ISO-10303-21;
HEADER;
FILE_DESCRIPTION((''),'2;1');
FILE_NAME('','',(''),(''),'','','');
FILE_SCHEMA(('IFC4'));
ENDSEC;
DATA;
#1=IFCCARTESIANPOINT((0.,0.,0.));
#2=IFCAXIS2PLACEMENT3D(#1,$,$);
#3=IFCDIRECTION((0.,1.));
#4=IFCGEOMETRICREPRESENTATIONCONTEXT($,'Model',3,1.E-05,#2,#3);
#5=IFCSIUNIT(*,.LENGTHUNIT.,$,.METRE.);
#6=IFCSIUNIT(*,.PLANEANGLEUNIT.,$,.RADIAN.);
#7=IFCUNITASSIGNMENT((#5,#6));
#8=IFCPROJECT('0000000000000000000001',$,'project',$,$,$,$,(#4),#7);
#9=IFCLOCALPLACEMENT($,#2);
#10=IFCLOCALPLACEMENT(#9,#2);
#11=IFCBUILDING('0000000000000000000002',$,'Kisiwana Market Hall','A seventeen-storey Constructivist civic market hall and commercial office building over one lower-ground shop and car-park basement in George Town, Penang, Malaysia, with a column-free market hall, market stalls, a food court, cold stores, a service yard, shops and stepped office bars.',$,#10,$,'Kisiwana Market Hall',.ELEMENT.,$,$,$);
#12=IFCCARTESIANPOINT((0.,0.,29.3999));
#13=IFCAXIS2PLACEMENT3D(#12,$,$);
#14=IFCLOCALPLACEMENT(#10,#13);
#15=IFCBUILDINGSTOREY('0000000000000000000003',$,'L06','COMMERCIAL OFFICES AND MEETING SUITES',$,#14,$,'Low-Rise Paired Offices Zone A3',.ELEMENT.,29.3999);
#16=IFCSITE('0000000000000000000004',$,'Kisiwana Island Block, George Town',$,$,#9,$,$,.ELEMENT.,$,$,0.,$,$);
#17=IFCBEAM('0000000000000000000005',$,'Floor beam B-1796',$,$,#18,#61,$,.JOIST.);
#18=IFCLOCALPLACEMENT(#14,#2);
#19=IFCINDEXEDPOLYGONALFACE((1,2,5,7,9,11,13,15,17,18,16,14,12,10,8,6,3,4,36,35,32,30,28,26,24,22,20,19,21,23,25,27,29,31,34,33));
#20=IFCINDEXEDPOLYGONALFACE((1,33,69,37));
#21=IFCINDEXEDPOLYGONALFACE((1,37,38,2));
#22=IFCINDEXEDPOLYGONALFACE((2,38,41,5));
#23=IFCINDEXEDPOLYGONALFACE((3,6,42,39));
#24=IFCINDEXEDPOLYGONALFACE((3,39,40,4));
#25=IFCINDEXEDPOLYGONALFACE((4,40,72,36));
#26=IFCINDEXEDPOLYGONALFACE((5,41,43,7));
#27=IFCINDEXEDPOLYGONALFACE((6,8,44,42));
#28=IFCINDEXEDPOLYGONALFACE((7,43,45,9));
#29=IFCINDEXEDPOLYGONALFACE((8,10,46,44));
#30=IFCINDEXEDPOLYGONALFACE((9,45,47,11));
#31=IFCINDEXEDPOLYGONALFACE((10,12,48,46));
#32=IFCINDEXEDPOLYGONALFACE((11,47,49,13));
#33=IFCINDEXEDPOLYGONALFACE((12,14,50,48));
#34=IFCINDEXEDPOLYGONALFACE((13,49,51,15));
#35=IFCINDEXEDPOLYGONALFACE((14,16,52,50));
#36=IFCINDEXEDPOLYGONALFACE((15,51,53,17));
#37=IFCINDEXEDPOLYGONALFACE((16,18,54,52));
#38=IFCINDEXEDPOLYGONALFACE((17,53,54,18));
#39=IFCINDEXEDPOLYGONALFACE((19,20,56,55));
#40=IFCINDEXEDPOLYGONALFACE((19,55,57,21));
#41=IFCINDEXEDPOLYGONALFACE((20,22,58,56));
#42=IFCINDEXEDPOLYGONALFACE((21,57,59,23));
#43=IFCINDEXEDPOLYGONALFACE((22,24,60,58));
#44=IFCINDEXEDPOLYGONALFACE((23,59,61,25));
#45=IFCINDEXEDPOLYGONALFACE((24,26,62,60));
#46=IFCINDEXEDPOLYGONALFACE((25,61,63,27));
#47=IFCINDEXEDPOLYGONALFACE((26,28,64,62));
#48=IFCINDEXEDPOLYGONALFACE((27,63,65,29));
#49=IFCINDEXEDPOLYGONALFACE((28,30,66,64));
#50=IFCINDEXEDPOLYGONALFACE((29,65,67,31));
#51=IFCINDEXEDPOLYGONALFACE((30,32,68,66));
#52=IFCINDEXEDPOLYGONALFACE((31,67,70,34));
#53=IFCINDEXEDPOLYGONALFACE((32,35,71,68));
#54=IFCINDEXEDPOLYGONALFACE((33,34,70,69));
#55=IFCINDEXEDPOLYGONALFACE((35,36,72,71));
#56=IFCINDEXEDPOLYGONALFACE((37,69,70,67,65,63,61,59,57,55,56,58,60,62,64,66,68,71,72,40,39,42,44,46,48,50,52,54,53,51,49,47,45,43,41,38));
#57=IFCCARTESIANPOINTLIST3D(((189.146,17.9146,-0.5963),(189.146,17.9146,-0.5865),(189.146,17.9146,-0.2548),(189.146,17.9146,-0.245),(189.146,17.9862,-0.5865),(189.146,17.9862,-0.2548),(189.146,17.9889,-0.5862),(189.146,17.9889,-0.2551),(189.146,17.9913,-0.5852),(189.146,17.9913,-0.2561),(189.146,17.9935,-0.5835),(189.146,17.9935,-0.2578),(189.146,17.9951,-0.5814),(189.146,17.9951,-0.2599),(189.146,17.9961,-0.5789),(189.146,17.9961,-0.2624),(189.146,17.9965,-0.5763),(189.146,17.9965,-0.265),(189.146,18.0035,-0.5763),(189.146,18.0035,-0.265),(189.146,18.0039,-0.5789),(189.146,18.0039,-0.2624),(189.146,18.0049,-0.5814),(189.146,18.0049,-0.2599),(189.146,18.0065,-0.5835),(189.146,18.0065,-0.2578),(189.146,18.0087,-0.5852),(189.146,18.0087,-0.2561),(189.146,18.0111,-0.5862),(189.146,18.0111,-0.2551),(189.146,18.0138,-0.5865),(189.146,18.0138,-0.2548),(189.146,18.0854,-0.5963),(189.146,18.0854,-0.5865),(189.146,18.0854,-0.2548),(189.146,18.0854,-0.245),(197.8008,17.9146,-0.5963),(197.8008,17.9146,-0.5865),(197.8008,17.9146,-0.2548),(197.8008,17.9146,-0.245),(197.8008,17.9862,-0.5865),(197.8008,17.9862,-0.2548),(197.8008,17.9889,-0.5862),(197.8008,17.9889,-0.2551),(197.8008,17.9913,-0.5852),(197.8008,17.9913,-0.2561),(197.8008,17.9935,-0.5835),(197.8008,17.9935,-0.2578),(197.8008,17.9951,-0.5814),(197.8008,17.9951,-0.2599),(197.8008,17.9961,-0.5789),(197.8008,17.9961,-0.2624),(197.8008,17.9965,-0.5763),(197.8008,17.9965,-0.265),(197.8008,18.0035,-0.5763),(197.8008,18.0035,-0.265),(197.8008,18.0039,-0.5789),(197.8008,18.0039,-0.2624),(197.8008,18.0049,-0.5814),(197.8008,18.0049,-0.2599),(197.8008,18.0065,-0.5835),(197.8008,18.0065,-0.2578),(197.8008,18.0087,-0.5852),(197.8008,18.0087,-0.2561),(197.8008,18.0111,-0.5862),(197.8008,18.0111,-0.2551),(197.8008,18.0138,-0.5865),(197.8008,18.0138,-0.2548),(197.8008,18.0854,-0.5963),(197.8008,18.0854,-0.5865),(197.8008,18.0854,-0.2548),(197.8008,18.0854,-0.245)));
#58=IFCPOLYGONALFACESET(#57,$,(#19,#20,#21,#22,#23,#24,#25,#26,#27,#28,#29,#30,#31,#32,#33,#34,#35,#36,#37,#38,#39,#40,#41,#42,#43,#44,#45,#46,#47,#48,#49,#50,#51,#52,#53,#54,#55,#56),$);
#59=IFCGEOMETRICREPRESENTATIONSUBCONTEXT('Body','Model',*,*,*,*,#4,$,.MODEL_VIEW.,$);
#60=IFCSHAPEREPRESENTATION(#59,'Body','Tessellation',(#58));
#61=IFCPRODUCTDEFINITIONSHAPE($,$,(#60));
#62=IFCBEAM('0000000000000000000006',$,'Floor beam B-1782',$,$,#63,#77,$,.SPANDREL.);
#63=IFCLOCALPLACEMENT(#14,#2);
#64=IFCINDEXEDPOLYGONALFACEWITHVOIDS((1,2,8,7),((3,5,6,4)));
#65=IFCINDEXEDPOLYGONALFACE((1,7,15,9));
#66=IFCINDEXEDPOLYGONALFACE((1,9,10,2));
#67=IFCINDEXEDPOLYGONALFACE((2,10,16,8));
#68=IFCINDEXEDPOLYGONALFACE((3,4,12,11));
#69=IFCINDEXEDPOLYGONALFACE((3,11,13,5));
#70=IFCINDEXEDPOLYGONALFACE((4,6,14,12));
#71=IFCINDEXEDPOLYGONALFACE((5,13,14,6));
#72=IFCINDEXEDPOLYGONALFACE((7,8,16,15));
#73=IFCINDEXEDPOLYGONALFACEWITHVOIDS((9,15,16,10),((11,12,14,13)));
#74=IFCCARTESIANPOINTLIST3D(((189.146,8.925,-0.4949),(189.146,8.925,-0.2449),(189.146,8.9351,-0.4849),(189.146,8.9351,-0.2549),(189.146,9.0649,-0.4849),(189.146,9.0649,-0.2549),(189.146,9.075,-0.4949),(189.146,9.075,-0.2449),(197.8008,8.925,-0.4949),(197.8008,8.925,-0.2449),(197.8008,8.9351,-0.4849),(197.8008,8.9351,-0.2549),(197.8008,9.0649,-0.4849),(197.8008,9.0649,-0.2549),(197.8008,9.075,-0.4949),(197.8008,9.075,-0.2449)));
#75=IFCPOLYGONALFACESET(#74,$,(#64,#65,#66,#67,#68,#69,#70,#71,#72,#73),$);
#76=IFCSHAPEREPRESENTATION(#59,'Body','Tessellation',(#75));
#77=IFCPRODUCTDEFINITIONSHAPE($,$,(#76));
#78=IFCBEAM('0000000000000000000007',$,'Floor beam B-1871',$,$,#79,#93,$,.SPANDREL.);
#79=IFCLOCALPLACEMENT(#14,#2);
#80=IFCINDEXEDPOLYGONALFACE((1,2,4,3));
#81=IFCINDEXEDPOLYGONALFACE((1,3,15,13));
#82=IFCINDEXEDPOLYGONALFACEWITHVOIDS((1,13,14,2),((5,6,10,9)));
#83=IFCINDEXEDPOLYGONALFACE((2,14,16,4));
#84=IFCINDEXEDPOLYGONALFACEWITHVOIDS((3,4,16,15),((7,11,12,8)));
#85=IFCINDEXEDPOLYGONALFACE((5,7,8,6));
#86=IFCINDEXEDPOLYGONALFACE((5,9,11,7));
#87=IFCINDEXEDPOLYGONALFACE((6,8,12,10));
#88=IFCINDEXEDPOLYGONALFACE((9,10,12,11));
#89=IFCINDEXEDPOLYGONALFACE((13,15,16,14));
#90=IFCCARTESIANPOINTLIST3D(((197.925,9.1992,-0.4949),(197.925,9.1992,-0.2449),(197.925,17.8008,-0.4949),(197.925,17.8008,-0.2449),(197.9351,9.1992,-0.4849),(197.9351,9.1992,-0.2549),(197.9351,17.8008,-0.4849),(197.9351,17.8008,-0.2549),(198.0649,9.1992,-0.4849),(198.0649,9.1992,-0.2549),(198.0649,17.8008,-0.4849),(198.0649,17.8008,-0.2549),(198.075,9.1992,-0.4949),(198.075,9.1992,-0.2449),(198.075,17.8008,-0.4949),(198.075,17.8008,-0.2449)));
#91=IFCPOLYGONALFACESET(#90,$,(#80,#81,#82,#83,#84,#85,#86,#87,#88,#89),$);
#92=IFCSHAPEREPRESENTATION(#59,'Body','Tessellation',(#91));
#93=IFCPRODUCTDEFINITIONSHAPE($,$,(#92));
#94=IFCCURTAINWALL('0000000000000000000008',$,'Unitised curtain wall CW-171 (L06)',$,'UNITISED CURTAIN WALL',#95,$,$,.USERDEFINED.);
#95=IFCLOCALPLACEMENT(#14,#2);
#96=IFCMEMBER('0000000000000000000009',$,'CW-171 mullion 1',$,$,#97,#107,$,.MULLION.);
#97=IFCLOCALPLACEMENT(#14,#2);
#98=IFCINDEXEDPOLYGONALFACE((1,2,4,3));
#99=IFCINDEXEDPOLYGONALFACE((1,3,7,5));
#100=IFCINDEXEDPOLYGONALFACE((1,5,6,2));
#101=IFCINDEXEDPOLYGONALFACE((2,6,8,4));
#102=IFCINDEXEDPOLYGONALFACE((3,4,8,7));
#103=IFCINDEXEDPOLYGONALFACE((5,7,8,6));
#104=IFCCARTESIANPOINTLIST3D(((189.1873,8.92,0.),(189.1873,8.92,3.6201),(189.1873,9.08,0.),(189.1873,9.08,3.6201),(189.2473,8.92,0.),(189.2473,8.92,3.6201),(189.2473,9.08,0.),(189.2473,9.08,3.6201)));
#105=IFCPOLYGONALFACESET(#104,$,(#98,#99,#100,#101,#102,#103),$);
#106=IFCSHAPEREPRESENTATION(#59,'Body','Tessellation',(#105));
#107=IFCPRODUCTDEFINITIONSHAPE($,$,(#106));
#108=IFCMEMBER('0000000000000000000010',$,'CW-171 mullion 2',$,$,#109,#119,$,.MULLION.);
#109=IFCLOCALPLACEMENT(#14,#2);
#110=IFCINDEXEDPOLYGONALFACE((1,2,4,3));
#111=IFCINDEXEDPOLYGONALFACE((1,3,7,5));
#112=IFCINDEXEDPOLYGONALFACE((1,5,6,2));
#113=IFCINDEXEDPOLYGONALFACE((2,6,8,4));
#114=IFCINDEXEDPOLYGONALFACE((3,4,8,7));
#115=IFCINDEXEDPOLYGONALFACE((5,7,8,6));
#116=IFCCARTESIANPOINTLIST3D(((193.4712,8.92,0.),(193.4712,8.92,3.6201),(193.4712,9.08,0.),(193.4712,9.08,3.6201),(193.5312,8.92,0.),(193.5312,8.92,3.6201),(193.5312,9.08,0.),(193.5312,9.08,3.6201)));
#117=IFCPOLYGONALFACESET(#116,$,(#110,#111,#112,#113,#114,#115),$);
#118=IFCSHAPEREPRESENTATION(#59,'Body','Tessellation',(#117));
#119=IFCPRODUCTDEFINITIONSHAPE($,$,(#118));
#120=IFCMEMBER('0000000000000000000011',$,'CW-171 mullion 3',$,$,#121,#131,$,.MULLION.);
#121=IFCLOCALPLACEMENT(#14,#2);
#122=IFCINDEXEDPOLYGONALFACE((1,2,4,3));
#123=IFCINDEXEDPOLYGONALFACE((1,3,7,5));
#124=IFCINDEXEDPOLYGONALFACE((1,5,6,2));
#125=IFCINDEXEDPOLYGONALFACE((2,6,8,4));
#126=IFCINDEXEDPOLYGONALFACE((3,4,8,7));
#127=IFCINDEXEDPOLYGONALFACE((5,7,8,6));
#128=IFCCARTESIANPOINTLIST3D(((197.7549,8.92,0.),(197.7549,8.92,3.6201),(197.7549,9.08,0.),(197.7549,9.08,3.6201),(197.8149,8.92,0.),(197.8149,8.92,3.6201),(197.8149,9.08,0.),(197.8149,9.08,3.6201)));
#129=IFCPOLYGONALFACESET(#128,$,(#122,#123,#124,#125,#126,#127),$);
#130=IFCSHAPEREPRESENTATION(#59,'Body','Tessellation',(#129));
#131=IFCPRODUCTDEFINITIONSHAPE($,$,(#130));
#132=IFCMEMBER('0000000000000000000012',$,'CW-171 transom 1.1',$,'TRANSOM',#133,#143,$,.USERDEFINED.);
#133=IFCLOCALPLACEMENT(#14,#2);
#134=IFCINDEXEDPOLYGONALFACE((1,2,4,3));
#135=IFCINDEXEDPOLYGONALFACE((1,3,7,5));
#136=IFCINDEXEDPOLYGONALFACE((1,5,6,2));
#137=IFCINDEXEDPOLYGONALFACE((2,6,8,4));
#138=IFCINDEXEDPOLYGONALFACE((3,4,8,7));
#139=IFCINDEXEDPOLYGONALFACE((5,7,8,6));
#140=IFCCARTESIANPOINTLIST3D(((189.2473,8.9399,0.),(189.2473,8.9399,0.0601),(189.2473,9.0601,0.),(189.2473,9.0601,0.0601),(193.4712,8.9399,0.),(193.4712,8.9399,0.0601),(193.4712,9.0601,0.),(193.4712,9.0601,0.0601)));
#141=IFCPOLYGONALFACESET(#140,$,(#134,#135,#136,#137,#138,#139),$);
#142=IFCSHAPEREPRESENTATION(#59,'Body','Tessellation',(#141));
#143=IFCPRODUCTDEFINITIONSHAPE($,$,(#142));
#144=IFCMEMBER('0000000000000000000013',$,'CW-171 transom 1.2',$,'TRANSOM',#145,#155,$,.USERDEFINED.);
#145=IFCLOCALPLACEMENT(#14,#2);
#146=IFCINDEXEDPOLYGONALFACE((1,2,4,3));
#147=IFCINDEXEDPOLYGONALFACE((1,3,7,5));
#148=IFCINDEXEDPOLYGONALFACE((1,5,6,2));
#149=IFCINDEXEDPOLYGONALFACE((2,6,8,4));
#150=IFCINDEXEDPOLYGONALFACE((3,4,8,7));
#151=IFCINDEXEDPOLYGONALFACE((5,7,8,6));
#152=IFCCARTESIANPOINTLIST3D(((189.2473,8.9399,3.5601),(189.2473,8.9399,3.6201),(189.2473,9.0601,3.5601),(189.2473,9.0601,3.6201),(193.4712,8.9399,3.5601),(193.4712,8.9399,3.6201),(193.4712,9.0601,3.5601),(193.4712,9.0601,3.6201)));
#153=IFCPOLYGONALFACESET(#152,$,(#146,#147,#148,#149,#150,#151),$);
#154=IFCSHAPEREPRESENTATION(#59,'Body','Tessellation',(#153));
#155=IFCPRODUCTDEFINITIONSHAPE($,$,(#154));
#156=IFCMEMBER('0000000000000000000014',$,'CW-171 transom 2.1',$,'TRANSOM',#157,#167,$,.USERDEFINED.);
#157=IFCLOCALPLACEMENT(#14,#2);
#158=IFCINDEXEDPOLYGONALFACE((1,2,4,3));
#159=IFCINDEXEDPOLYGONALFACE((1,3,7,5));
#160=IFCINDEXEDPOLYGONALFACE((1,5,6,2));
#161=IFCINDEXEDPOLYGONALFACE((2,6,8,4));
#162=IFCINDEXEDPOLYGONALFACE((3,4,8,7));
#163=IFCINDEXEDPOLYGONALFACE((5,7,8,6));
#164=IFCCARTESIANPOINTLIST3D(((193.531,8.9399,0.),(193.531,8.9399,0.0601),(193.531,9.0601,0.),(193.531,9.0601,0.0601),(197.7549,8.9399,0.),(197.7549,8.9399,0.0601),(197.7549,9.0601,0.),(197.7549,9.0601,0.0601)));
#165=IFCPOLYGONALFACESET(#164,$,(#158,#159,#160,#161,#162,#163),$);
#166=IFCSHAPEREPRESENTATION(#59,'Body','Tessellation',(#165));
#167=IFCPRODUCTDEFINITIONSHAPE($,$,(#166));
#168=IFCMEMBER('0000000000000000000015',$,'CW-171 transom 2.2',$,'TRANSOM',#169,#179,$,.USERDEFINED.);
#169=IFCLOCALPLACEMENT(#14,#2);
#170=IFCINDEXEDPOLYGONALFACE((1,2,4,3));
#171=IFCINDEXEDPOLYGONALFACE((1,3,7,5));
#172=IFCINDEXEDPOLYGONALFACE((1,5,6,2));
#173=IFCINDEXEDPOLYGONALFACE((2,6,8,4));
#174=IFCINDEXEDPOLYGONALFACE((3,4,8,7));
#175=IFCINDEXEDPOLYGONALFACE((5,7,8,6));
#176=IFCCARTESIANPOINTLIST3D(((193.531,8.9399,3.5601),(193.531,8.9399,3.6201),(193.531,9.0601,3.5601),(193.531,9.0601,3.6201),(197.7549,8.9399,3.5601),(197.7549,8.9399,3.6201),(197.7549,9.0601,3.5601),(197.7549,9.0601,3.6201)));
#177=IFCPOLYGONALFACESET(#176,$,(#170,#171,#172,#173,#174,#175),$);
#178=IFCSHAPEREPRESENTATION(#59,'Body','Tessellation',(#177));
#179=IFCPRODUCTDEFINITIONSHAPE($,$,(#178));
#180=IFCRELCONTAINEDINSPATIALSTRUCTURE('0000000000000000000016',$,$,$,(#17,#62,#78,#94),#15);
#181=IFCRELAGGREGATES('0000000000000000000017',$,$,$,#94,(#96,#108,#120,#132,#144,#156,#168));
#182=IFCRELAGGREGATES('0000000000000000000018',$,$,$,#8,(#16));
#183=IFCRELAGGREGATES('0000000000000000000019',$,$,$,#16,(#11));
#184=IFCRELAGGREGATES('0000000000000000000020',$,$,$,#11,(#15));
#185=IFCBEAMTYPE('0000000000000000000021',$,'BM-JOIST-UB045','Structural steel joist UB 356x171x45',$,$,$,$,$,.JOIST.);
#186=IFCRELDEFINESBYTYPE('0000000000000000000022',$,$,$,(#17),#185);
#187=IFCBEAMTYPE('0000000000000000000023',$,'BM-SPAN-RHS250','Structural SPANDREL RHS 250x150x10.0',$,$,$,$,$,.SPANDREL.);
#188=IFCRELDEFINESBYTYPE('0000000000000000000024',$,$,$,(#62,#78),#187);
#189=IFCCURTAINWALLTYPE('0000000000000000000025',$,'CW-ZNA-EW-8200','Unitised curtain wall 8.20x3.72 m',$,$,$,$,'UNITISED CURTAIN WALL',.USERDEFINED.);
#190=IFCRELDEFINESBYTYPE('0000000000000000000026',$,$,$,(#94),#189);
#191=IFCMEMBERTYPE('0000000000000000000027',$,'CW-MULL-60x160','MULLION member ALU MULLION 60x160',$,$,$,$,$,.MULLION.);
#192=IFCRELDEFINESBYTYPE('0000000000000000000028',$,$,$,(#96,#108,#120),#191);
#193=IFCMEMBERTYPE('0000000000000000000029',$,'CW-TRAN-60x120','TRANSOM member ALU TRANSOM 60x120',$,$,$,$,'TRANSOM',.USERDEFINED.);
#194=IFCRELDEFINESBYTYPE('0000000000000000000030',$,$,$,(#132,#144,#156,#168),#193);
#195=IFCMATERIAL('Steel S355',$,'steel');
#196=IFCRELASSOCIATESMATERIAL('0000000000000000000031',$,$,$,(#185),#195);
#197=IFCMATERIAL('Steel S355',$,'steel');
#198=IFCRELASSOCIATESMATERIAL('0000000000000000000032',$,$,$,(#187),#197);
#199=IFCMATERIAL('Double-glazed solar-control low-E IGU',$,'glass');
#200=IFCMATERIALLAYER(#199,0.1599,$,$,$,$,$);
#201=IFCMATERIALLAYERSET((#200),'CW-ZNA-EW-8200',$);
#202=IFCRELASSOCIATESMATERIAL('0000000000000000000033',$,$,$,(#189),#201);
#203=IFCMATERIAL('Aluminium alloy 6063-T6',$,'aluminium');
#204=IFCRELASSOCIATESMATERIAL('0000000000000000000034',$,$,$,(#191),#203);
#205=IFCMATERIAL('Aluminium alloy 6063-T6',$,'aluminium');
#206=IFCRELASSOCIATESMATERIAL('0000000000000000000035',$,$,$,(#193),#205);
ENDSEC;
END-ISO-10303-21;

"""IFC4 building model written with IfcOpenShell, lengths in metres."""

from ifc_helpers import new_model, si_unit, direction, frame, origin, origin_2d, place, context, subcontext, project, spatial, rectangle, hollow_rectangle, i_section, extrude, material, layer, layer_set, material_profile, profile_set, type_object, element, aggregate, save


model = new_model("IFC4")

# Units and contexts
model_context = context("Model", 3, precision=1e-05, world=origin(), true_north=direction((0.0, 1.0)))
body_context = subcontext(model_context, "Body", "Model", "MODEL_VIEW")
ifc_project = project(units=[si_unit("LENGTHUNIT", "METRE"), si_unit("PLANEANGLEUNIT", "RADIAN")], contexts=[model_context])

# Site, building, storey
site_placement = place(None, origin())
site = spatial("IfcSite", under=ifc_project, at=site_placement, Name="Kisiwana Island Block, George Town", CompositionType="ELEMENT", RefElevation=0.0)
building_placement = place(site_placement, origin())
building = spatial("IfcBuilding", under=site, at=building_placement, Name="Kisiwana Market Hall", Description="A seventeen-storey Constructivist civic market hall and commercial office building over one lower-ground shop and car-park basement in George Town, Penang, Malaysia, with a column-free market hall, market stalls, a food court, cold stores, a service yard, shops and stepped office bars.", LongName="Kisiwana Market Hall", CompositionType="ELEMENT")
storey_placement = place(building_placement, frame((0.0, 0.0, 29.3999)))
storey = spatial("IfcBuildingStorey", under=building, at=storey_placement, Name="L06", Description="COMMERCIAL OFFICES AND MEETING SUITES", LongName="Low-Rise Paired Offices Zone A3", CompositionType="ELEMENT", Elevation=29.3999)

# Beams
ifc_material_1 = material(Name="Steel S355", Category="steel")
ifc_material_profile_1 = material_profile(ifc_material_1, i_section(OverallWidth=0.1709, OverallDepth=0.3513, WebThickness=0.0071, FlangeThickness=0.0098, FilletRadius=0.0103, at=origin_2d()), Name="UB 356x171x45")
ifc_profile_set_1 = profile_set([ifc_material_profile_1], Name="Steel S355")
beam_type_1 = type_object("IfcBeamType", Name="BM-JOIST-UB045", Description="Structural steel joist UB 356x171x45", PredefinedType="JOIST", material=ifc_profile_set_1)
beam_1_placement = place(storey_placement, frame((189.146, 18.0, -0.4207), z_axis=(1.0, 0.0, 0.0), x_axis=(0.0, 1.0, 0.0)))
element("IfcBeam", 1, at=beam_1_placement, inside=storey, type_object=beam_type_1, Name="Floor beam B-1796", PredefinedType="JOIST", context=body_context, shape_type="SweptSolid", body=[
    extrude(i_section(OverallWidth=0.1709, OverallDepth=0.3513, WebThickness=0.0071, FlangeThickness=0.0098, FilletRadius=0.0103, at=origin_2d()), origin(), (0.0, 0.0, 1.0), 8.6548),
])
ifc_material_2 = material(Name="Steel S355", Category="steel")
ifc_material_profile_2 = material_profile(ifc_material_2, hollow_rectangle(XDim=0.1499, YDim=0.25, WallThickness=0.01, at=origin_2d()), Name="RHS 250x150x10.0")
ifc_profile_set_2 = profile_set([ifc_material_profile_2], Name="Steel S355")
beam_type_2 = type_object("IfcBeamType", Name="BM-SPAN-RHS250", Description="Structural SPANDREL RHS 250x150x10.0", PredefinedType="SPANDREL", material=ifc_profile_set_2)
beam_2_placement = place(storey_placement, frame((189.146, 9.0, -0.3699), z_axis=(1.0, 0.0, 0.0), x_axis=(0.0, 1.0, 0.0)))
element("IfcBeam", 2, at=beam_2_placement, inside=storey, type_object=beam_type_2, Name="Floor beam B-1782", PredefinedType="SPANDREL", context=body_context, shape_type="SweptSolid", body=[
    extrude(hollow_rectangle(XDim=0.1499, YDim=0.25, WallThickness=0.01, at=origin_2d()), origin(), (0.0, 0.0, 1.0), 8.6548),
])
beam_3_placement = place(storey_placement, frame((198.0, 9.1992, -0.3699), z_axis=(0.0, 1.0, 0.0), x_axis=(-1.0, 0.0, 0.0)))
element("IfcBeam", 3, at=beam_3_placement, inside=storey, type_object=beam_type_2, Name="Floor beam B-1871", PredefinedType="SPANDREL", context=body_context, shape_type="SweptSolid", body=[
    extrude(hollow_rectangle(XDim=0.1499, YDim=0.25, WallThickness=0.01, at=origin_2d()), origin(), (0.0, 0.0, 1.0), 8.6016),
])

# Curtain wall, members
ifc_material_3 = material(Name="Double-glazed solar-control low-E IGU", Category="glass")
ifc_layer_1 = layer(ifc_material_3, 0.1599)
ifc_layer_set_1 = layer_set([ifc_layer_1], Name="CW-ZNA-EW-8200")
curtain_wall_type = type_object("IfcCurtainWallType", Name="CW-ZNA-EW-8200", Description="Unitised curtain wall 8.20x3.72 m", ElementType="UNITISED CURTAIN WALL", PredefinedType="USERDEFINED", material=ifc_layer_set_1)
curtain_wall_placement = place(storey_placement, origin())
curtain_wall = element("IfcCurtainWall", 4, at=curtain_wall_placement, inside=storey, type_object=curtain_wall_type, Name="Unitised curtain wall CW-171 (L06)", ObjectType="UNITISED CURTAIN WALL", PredefinedType="USERDEFINED")
ifc_material_4 = material(Name="Aluminium alloy 6063-T6", Category="aluminium")
ifc_material_profile_3 = material_profile(ifc_material_4, rectangle(XDim=0.0601, YDim=0.1599, at=origin_2d()), Name="ALU MULLION 60x160")
ifc_profile_set_3 = profile_set([ifc_material_profile_3], Name="Aluminium alloy 6063-T6")
member_type_1 = type_object("IfcMemberType", Name="CW-MULL-60x160", Description="MULLION member ALU MULLION 60x160", PredefinedType="MULLION", material=ifc_profile_set_3)
member_1_placement = place(storey_placement, frame((189.2173, 9.0, 0.0), z_axis=(0.0, 0.0, 1.0), x_axis=(1.0, 0.0, 0.0)))
member_1 = element("IfcMember", 5, at=member_1_placement, type_object=member_type_1, Name="CW-171 mullion 1", PredefinedType="MULLION", context=body_context, shape_type="SweptSolid", body=[
    extrude(rectangle(XDim=0.0601, YDim=0.1599, at=origin_2d()), origin(), (0.0, 0.0, 1.0), 3.6201),
])
member_2_placement = place(storey_placement, frame((193.5012, 9.0, 0.0), z_axis=(0.0, 0.0, 1.0), x_axis=(1.0, 0.0, 0.0)))
member_2 = element("IfcMember", 6, at=member_2_placement, type_object=member_type_1, Name="CW-171 mullion 2", PredefinedType="MULLION", context=body_context, shape_type="SweptSolid", body=[
    extrude(rectangle(XDim=0.0601, YDim=0.1599, at=origin_2d()), origin(), (0.0, 0.0, 1.0), 3.6201),
])
member_3_placement = place(storey_placement, frame((197.7849, 9.0, 0.0), z_axis=(0.0, 0.0, 1.0), x_axis=(1.0, 0.0, 0.0)))
member_3 = element("IfcMember", 7, at=member_3_placement, type_object=member_type_1, Name="CW-171 mullion 3", PredefinedType="MULLION", context=body_context, shape_type="SweptSolid", body=[
    extrude(rectangle(XDim=0.0601, YDim=0.1599, at=origin_2d()), origin(), (0.0, 0.0, 1.0), 3.6201),
])
ifc_material_5 = material(Name="Aluminium alloy 6063-T6", Category="aluminium")
ifc_material_profile_4 = material_profile(ifc_material_5, rectangle(XDim=0.1201, YDim=0.0601, at=origin_2d()), Name="ALU TRANSOM 60x120")
ifc_profile_set_4 = profile_set([ifc_material_profile_4], Name="Aluminium alloy 6063-T6")
member_type_2 = type_object("IfcMemberType", Name="CW-TRAN-60x120", Description="TRANSOM member ALU TRANSOM 60x120", ElementType="TRANSOM", PredefinedType="USERDEFINED", material=ifc_profile_set_4)
member_4_placement = place(storey_placement, frame((189.2473, 9.0, 0.03), z_axis=(1.0, 0.0, 0.0), x_axis=(0.0, 1.0, 0.0)))
member_4 = element("IfcMember", 8, at=member_4_placement, type_object=member_type_2, Name="CW-171 transom 1.1", ObjectType="TRANSOM", PredefinedType="USERDEFINED", context=body_context, shape_type="SweptSolid", body=[
    extrude(rectangle(XDim=0.1201, YDim=0.0601, at=origin_2d()), origin(), (0.0, 0.0, 1.0), 4.2239),
])
member_5_placement = place(storey_placement, frame((189.2473, 9.0, 3.5901), z_axis=(1.0, 0.0, 0.0), x_axis=(0.0, 1.0, 0.0)))
member_5 = element("IfcMember", 9, at=member_5_placement, type_object=member_type_2, Name="CW-171 transom 1.2", ObjectType="TRANSOM", PredefinedType="USERDEFINED", context=body_context, shape_type="SweptSolid", body=[
    extrude(rectangle(XDim=0.1201, YDim=0.0601, at=origin_2d()), origin(), (0.0, 0.0, 1.0), 4.2239),
])
member_6_placement = place(storey_placement, frame((193.531, 9.0, 0.03), z_axis=(1.0, 0.0, 0.0), x_axis=(0.0, 1.0, 0.0)))
member_6 = element("IfcMember", 10, at=member_6_placement, type_object=member_type_2, Name="CW-171 transom 2.1", ObjectType="TRANSOM", PredefinedType="USERDEFINED", context=body_context, shape_type="SweptSolid", body=[
    extrude(rectangle(XDim=0.1201, YDim=0.0601, at=origin_2d()), origin(), (0.0, 0.0, 1.0), 4.2239),
])
member_7_placement = place(storey_placement, frame((193.531, 9.0, 3.5901), z_axis=(1.0, 0.0, 0.0), x_axis=(0.0, 1.0, 0.0)))
member_7 = element("IfcMember", 11, at=member_7_placement, type_object=member_type_2, Name="CW-171 transom 2.2", ObjectType="TRANSOM", PredefinedType="USERDEFINED", context=body_context, shape_type="SweptSolid", body=[
    extrude(rectangle(XDim=0.1201, YDim=0.0601, at=origin_2d()), origin(), (0.0, 0.0, 1.0), 4.2239),
])
aggregate(curtain_wall, [member_1, member_2, member_3, member_4, member_5, member_6, member_7])

save(model, "model.ifc")
